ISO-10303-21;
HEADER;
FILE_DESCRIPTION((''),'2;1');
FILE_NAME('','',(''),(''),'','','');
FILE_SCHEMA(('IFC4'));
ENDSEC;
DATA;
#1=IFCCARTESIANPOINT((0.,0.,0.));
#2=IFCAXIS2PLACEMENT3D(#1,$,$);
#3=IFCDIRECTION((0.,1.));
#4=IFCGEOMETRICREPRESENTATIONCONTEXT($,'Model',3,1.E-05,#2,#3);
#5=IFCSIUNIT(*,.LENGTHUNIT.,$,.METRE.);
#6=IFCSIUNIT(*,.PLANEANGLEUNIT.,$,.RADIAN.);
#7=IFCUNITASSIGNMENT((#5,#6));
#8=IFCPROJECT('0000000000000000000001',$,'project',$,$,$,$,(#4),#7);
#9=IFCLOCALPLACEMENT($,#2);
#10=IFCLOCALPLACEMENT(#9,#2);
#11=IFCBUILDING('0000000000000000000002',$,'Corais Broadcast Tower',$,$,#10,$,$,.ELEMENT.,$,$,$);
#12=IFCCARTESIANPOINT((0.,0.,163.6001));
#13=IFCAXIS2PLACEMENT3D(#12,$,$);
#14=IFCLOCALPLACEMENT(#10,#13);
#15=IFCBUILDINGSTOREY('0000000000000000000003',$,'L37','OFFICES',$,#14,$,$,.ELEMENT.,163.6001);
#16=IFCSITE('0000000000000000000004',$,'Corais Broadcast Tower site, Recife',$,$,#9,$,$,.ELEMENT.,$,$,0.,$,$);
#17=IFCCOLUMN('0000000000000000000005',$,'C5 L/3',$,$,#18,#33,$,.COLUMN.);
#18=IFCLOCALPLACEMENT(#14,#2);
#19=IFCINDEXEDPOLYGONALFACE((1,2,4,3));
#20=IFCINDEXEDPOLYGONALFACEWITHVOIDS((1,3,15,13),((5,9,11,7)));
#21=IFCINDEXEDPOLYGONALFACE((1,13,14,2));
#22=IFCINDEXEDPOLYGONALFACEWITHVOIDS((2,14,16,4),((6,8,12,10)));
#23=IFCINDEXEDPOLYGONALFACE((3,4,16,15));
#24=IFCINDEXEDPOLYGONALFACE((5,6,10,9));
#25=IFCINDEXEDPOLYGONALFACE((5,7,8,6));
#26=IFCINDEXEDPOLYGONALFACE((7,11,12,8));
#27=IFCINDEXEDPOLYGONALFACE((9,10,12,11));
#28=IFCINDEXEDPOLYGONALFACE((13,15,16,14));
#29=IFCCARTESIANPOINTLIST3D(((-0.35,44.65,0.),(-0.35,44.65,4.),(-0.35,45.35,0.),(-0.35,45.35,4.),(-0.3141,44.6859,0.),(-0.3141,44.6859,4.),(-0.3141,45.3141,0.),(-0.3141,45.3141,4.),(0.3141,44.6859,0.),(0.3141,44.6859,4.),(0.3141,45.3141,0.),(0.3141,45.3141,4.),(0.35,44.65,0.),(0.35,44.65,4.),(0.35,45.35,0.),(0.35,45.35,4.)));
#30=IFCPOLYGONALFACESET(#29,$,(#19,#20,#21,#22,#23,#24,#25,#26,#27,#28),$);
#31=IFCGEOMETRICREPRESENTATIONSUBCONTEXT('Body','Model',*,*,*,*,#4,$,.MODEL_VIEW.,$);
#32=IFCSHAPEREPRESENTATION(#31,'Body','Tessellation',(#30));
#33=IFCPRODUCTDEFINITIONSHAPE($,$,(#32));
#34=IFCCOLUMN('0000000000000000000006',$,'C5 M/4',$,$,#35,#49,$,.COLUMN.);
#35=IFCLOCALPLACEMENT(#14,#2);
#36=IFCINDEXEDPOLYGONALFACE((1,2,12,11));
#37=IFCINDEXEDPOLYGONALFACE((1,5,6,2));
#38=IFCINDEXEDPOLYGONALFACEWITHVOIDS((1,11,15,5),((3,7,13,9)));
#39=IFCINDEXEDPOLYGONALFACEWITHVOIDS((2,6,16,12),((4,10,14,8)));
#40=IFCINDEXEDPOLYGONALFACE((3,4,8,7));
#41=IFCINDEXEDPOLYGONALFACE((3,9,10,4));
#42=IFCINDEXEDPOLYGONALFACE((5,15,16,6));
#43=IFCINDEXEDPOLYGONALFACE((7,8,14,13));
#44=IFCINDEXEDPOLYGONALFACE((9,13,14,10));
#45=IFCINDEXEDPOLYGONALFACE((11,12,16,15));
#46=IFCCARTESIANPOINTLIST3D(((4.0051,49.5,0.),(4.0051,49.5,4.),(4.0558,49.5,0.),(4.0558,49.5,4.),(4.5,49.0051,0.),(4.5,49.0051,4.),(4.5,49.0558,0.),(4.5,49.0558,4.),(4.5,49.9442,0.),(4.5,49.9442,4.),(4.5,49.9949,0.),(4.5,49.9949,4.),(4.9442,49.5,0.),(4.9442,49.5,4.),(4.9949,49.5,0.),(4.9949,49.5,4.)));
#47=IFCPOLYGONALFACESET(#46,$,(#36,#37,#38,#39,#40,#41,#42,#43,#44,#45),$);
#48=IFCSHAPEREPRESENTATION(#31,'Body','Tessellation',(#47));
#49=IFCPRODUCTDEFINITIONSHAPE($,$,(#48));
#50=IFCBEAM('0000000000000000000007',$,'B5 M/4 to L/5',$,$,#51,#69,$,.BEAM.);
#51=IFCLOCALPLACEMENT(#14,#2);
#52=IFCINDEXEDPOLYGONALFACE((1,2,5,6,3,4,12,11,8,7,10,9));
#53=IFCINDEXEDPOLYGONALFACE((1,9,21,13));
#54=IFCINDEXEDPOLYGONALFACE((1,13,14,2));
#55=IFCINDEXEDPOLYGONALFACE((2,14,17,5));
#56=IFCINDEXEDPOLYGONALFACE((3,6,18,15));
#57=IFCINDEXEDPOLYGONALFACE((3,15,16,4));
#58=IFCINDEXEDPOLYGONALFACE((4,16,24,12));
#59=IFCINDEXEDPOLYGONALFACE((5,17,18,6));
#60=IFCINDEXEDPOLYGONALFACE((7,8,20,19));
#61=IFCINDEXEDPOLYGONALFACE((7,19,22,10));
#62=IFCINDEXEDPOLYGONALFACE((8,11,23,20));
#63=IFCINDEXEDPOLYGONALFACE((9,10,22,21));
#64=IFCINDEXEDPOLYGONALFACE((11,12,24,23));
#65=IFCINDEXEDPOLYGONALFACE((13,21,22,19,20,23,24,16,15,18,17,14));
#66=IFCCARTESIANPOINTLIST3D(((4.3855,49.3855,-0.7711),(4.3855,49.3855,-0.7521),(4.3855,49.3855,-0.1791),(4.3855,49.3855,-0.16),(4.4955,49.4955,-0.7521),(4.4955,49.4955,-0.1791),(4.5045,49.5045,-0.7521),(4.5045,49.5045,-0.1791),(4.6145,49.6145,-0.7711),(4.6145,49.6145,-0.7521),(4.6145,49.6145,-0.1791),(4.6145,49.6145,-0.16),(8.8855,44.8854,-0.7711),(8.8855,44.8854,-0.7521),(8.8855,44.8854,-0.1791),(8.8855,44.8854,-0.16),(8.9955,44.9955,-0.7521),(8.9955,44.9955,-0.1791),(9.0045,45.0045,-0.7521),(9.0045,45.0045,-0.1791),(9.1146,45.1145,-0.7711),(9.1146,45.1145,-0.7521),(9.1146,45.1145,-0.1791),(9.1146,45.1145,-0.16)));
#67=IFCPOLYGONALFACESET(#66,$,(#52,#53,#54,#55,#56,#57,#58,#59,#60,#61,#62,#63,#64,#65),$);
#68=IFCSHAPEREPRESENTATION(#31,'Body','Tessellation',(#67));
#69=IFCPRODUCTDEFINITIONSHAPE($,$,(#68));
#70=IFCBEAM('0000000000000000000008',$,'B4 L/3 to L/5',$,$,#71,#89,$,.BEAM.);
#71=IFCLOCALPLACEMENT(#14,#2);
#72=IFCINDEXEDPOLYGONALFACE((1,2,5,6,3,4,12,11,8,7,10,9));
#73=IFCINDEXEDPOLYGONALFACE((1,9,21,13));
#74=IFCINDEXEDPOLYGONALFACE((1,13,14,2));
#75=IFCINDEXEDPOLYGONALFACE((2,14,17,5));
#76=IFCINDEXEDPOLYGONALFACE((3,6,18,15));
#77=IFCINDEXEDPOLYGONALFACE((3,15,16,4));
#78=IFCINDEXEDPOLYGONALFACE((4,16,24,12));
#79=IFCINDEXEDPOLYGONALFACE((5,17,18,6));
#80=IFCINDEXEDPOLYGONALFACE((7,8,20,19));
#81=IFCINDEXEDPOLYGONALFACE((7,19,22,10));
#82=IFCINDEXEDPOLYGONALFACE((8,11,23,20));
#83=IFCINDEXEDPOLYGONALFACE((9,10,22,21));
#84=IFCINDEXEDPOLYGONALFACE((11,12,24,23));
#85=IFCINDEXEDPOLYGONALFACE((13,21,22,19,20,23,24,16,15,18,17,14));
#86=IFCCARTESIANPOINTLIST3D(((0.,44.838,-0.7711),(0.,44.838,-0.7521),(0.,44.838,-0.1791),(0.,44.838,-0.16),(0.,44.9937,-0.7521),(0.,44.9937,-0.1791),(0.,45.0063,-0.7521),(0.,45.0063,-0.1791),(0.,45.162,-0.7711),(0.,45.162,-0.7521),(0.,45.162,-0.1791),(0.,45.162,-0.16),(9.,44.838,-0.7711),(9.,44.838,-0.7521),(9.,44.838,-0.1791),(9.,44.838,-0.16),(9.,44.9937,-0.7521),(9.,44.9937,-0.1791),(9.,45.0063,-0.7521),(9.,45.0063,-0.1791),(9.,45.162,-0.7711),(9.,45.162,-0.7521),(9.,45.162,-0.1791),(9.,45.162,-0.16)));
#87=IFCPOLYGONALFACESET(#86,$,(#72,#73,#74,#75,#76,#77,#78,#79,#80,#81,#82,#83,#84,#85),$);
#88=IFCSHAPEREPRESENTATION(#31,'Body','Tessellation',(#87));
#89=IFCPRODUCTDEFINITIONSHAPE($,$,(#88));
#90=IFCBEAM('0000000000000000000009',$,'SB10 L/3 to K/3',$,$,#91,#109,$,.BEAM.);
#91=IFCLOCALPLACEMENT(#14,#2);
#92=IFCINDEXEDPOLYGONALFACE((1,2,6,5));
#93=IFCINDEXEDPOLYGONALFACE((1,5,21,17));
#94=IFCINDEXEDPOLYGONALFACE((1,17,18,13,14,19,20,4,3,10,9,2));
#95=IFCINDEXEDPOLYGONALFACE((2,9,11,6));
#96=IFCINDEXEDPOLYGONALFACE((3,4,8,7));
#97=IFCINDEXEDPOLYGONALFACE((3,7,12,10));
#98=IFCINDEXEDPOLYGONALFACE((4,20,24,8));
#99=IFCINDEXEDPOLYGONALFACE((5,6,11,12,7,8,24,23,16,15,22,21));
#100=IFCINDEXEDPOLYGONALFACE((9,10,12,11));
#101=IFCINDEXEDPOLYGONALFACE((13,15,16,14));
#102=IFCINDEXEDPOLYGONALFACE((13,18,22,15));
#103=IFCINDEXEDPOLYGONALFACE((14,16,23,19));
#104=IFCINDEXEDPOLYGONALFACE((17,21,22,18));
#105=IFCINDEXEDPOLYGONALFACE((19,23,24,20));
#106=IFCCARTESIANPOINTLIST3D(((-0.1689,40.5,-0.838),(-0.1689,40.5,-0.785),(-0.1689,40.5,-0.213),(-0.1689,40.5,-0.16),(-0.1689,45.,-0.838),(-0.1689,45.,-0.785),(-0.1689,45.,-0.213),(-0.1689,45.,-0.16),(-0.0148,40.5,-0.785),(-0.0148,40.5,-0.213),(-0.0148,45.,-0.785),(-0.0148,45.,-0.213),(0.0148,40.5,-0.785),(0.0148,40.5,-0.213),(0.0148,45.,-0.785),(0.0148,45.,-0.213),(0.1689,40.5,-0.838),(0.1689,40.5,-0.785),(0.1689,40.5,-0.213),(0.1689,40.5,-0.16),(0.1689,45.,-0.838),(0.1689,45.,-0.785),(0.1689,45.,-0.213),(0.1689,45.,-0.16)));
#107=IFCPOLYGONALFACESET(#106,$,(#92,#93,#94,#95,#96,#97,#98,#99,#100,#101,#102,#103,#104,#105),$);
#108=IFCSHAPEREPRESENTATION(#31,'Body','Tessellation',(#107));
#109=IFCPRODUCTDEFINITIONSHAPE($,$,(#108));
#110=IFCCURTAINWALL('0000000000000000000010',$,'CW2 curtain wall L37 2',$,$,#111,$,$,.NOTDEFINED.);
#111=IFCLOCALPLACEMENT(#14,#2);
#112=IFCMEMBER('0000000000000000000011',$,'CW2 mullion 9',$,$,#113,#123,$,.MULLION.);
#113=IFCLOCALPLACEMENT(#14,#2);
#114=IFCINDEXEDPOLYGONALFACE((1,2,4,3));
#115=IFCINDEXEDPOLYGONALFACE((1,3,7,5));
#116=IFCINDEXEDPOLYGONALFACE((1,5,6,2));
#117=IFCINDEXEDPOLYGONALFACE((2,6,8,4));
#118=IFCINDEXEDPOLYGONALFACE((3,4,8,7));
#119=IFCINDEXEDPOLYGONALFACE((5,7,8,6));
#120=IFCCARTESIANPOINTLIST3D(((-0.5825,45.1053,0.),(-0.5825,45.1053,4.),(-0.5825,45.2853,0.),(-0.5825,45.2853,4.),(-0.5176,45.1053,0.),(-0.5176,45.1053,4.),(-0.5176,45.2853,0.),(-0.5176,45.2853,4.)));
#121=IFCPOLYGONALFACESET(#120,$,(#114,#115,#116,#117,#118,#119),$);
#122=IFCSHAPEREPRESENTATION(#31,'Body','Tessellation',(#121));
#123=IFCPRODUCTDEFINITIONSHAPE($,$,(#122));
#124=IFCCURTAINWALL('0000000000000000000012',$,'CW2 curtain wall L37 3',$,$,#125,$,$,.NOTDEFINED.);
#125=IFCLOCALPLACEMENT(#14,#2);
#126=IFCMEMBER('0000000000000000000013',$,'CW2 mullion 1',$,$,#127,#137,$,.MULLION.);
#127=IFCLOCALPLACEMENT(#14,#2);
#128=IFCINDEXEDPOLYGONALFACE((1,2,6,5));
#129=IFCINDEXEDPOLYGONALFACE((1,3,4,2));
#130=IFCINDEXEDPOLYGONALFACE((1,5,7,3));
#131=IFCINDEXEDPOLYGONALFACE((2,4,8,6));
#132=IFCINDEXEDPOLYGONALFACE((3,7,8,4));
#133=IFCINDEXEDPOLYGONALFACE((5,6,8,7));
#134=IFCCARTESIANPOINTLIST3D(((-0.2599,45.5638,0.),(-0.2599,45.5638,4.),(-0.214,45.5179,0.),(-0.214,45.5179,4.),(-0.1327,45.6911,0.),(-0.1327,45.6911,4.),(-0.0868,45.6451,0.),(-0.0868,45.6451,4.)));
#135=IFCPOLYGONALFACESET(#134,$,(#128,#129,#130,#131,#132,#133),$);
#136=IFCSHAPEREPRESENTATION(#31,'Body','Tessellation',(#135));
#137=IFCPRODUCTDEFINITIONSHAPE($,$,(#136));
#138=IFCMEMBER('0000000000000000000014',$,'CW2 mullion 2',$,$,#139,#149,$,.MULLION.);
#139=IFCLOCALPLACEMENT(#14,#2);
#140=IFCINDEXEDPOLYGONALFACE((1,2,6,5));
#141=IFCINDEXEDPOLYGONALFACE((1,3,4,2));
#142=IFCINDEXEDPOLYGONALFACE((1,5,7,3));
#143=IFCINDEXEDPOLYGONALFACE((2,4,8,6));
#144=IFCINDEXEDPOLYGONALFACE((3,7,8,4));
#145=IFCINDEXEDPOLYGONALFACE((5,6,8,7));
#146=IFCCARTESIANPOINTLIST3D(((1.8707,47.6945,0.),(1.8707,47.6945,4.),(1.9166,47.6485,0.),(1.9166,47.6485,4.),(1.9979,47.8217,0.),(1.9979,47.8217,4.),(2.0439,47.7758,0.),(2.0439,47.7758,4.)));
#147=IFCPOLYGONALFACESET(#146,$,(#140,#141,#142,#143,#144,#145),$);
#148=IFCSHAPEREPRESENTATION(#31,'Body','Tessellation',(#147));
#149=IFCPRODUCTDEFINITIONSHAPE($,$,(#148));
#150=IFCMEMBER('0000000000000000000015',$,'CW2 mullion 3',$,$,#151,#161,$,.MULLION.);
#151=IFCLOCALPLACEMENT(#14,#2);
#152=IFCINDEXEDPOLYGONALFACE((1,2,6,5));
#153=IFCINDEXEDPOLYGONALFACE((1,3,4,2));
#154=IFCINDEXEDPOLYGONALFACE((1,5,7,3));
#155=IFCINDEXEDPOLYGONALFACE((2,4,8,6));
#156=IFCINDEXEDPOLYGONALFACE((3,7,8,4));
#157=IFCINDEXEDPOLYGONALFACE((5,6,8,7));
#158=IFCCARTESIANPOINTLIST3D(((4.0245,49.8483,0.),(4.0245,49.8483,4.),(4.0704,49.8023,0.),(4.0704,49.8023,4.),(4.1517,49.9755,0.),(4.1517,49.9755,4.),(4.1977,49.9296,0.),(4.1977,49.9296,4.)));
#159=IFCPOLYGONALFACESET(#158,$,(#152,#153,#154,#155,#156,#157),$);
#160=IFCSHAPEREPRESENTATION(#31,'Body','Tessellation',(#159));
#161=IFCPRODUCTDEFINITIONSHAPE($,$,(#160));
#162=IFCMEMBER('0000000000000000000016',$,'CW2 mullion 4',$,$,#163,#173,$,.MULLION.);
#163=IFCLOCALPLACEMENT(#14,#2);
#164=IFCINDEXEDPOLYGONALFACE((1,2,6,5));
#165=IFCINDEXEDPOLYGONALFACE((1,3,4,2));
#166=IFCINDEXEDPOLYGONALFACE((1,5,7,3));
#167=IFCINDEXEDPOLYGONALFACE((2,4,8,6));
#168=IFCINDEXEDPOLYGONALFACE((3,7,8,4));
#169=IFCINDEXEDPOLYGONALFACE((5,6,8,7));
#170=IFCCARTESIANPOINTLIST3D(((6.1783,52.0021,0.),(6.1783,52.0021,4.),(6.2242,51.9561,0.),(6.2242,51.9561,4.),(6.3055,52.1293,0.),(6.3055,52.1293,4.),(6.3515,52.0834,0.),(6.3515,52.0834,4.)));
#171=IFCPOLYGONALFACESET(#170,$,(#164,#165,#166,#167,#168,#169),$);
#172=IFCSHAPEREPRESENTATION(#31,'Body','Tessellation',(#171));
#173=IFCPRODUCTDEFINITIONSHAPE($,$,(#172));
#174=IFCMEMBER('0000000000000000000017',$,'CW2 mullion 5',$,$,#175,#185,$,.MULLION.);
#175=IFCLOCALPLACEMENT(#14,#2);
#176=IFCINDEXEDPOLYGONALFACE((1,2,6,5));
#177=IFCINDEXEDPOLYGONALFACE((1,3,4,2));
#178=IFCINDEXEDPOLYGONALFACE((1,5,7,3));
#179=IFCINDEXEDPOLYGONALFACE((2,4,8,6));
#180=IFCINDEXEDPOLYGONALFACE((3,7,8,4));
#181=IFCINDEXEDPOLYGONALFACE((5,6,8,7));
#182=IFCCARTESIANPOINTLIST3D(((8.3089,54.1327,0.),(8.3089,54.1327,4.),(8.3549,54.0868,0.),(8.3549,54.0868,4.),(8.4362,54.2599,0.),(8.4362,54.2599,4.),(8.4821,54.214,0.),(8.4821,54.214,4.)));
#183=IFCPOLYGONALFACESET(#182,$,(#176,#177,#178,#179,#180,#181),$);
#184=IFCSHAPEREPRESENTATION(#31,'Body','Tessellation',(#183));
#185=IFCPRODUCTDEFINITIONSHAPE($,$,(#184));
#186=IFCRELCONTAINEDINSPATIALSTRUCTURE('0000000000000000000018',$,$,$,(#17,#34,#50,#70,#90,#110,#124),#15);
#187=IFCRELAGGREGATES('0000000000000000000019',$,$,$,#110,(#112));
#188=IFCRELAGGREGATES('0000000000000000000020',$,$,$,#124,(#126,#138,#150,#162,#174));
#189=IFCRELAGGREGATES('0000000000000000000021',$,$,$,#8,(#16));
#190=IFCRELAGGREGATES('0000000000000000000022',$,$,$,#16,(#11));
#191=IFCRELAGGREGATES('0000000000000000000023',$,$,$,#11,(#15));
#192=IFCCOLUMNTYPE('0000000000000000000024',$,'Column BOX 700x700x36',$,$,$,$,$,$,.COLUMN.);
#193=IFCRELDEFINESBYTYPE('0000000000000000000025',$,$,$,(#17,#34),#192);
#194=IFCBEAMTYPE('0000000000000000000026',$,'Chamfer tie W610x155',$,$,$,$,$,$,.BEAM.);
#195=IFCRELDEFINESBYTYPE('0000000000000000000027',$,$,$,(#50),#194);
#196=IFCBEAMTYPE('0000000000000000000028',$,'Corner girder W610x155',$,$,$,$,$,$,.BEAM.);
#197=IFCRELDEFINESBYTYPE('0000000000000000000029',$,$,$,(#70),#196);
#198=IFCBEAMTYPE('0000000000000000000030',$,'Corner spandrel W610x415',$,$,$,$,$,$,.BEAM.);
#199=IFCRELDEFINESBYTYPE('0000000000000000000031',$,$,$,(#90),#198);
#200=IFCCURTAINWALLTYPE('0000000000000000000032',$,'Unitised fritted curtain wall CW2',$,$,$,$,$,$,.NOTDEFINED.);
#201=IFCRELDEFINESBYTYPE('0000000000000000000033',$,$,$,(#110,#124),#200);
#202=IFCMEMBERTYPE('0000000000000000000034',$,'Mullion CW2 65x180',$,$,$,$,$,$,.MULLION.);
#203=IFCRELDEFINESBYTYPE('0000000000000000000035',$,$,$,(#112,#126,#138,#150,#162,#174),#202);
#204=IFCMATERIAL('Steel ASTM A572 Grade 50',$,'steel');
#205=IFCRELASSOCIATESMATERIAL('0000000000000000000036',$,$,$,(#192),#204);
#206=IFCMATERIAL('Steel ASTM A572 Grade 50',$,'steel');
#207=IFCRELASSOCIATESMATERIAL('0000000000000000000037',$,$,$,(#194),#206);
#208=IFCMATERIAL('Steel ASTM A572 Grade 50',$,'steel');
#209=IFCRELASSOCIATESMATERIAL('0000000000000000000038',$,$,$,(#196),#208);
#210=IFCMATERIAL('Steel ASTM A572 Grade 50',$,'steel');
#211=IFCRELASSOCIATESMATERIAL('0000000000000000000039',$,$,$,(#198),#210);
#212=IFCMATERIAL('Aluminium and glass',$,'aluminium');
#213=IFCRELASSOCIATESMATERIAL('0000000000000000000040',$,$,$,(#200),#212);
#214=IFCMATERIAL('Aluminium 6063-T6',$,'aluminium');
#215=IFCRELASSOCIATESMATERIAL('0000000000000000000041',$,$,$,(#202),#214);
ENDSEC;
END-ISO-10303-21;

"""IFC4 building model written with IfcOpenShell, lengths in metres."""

from ifc_helpers import new_model, si_unit, direction, frame, origin, origin_2d, place, context, subcontext, project, spatial, rectangle, hollow_rectangle, i_section, extrude, material, material_profile, profile_set, type_object, element, aggregate, save


model = new_model("IFC4")

# Units and contexts
model_context = context("Model", 3, precision=1e-05, world=origin(), true_north=direction((0.0, 1.0)))
body_context = subcontext(model_context, "Body", "Model", "MODEL_VIEW")
ifc_project = project(units=[si_unit("LENGTHUNIT", "METRE"), si_unit("PLANEANGLEUNIT", "RADIAN")], contexts=[model_context])

# Site, building, storey
site_placement = place(None, origin())
site = spatial("IfcSite", under=ifc_project, at=site_placement, Name="Corais Broadcast Tower site, Recife", CompositionType="ELEMENT", RefElevation=0.0)
building_placement = place(site_placement, origin())
building = spatial("IfcBuilding", under=site, at=building_placement, Name="Corais Broadcast Tower", CompositionType="ELEMENT")
storey_placement = place(building_placement, frame((0.0, 0.0, 163.6001)))
storey = spatial("IfcBuildingStorey", under=building, at=storey_placement, Name="L37", Description="OFFICES", CompositionType="ELEMENT", Elevation=163.6001)

# Columns
ifc_material_1 = material(Name="Steel ASTM A572 Grade 50", Category="steel")
ifc_material_profile_1 = material_profile(ifc_material_1, hollow_rectangle(XDim=0.7, YDim=0.7, WallThickness=0.0359, at=origin_2d()), Name="BOX 700x700x36")
ifc_profile_set_1 = profile_set([ifc_material_profile_1], Name="Steel ASTM A572 Grade 50")
column_type = type_object("IfcColumnType", Name="Column BOX 700x700x36", PredefinedType="COLUMN", material=ifc_profile_set_1)
for number, where, z_axis, x_axis, name in (
    (1, (0.0, 45.0, 0.0), (0.0, 0.0, 1.0), (1.0, 0.0, 0.0), "C5 L/3"),
    (2, (4.5, 49.5, 0.0), (0.0, 0.0, 1.0), (0.707107, 0.707107, 0.0), "C5 M/4"),
):
    element("IfcColumn", number, at=place(storey_placement, frame(where, z_axis=z_axis, x_axis=x_axis)), inside=storey, type_object=column_type, Name=name, PredefinedType="COLUMN", context=body_context, shape_type="SweptSolid", body=[
        extrude(hollow_rectangle(XDim=0.7, YDim=0.7, WallThickness=0.0359, at=origin_2d()), origin(), (0.0, 0.0, 1.0), 4.0),
    ])

# Beams
ifc_material_2 = material(Name="Steel ASTM A572 Grade 50", Category="steel")
ifc_material_profile_2 = material_profile(ifc_material_2, i_section(OverallWidth=0.324, OverallDepth=0.6111, WebThickness=0.0127, FlangeThickness=0.019, at=origin_2d()), Name="W610x155")
ifc_profile_set_2 = profile_set([ifc_material_profile_2], Name="Steel ASTM A572 Grade 50")
beam_type_1 = type_object("IfcBeamType", Name="Chamfer tie W610x155", PredefinedType="BEAM", material=ifc_profile_set_2)
beam_1_placement = place(storey_placement, frame((4.5, 49.5, -0.4656), z_axis=(0.707107, -0.707107, 0.0), x_axis=(0.707107, 0.707107, 0.0)))
element("IfcBeam", 3, at=beam_1_placement, inside=storey, type_object=beam_type_1, Name="B5 M/4 to L/5", PredefinedType="BEAM", context=body_context, shape_type="SweptSolid", body=[
    extrude(i_section(OverallWidth=0.324, OverallDepth=0.6111, WebThickness=0.0127, FlangeThickness=0.019, at=origin_2d()), origin(), (0.0, 0.0, 1.0), 6.364),
])
ifc_material_3 = material(Name="Steel ASTM A572 Grade 50", Category="steel")
ifc_material_profile_3 = material_profile(ifc_material_3, i_section(OverallWidth=0.324, OverallDepth=0.6111, WebThickness=0.0127, FlangeThickness=0.019, at=origin_2d()), Name="W610x155")
ifc_profile_set_3 = profile_set([ifc_material_profile_3], Name="Steel ASTM A572 Grade 50")
beam_type_2 = type_object("IfcBeamType", Name="Corner girder W610x155", PredefinedType="BEAM", material=ifc_profile_set_3)
beam_2_placement = place(storey_placement, frame((0.0, 45.0, -0.4656), z_axis=(1.0, 0.0, 0.0), x_axis=(0.0, 1.0, 0.0)))
element("IfcBeam", 4, at=beam_2_placement, inside=storey, type_object=beam_type_2, Name="B4 L/3 to L/5", PredefinedType="BEAM", context=body_context, shape_type="SweptSolid", body=[
    extrude(i_section(OverallWidth=0.324, OverallDepth=0.6111, WebThickness=0.0127, FlangeThickness=0.019, at=origin_2d()), origin(), (0.0, 0.0, 1.0), 9.0),
])
ifc_material_4 = material(Name="Steel ASTM A572 Grade 50", Category="steel")
ifc_material_profile_4 = material_profile(ifc_material_4, i_section(OverallWidth=0.3379, OverallDepth=0.678, WebThickness=0.0295, FlangeThickness=0.053, at=origin_2d()), Name="W610x415")
ifc_profile_set_4 = profile_set([ifc_material_profile_4], Name="Steel ASTM A572 Grade 50")
beam_type_3 = type_object("IfcBeamType", Name="Corner spandrel W610x415", PredefinedType="BEAM", material=ifc_profile_set_4)
beam_3_placement = place(storey_placement, frame((0.0, 45.0, -0.499), z_axis=(0.0, -1.0, 0.0), x_axis=(1.0, 0.0, 0.0)))
element("IfcBeam", 5, at=beam_3_placement, inside=storey, type_object=beam_type_3, Name="SB10 L/3 to K/3", PredefinedType="BEAM", context=body_context, shape_type="SweptSolid", body=[
    extrude(i_section(OverallWidth=0.3379, OverallDepth=0.678, WebThickness=0.0295, FlangeThickness=0.053, at=origin_2d()), origin(), (0.0, 0.0, 1.0), 4.5),
])

# Curtain wall, member
ifc_material_5 = material(Name="Aluminium and glass", Category="aluminium")
curtain_wall_type = type_object("IfcCurtainWallType", Name="Unitised fritted curtain wall CW2", PredefinedType="NOTDEFINED", material=ifc_material_5)
curtain_wall_1_placement = place(storey_placement, origin())
curtain_wall_1 = element("IfcCurtainWall", 6, at=curtain_wall_1_placement, inside=storey, type_object=curtain_wall_type, Name="CW2 curtain wall L37 2", PredefinedType="NOTDEFINED")
ifc_material_6 = material(Name="Aluminium 6063-T6", Category="aluminium")
ifc_material_profile_5 = material_profile(ifc_material_6, rectangle(XDim=0.0649, YDim=0.1799, at=origin_2d()), Name="Mullion CW2 65x180")
ifc_profile_set_5 = profile_set([ifc_material_profile_5], Name="Aluminium 6063-T6")
member_type_1 = type_object("IfcMemberType", Name="Mullion CW2 65x180", PredefinedType="MULLION", material=ifc_profile_set_5)
member_1_placement = place(storey_placement, frame((-0.55, 45.1953, 0.0), z_axis=(0.0, 0.0, 1.0), x_axis=(-1.0, 0.0, 0.0)))
member_1 = element("IfcMember", 7, at=member_1_placement, type_object=member_type_1, Name="CW2 mullion 9", PredefinedType="MULLION", context=body_context, shape_type="SweptSolid", body=[
    extrude(rectangle(XDim=0.0649, YDim=0.1799, at=origin_2d()), origin(), (0.0, 0.0, 1.0), 4.0),
])

# Curtain wall, members
curtain_wall_2_placement = place(storey_placement, origin())
curtain_wall_2 = element("IfcCurtainWall", 8, at=curtain_wall_2_placement, inside=storey, type_object=curtain_wall_type, Name="CW2 curtain wall L37 3", PredefinedType="NOTDEFINED")
member_2_placement = place(storey_placement, frame((-0.1733, 45.6045, 0.0), z_axis=(0.0, 0.0, 1.0), x_axis=(-0.707107, 0.707107, 0.0)))
member_2 = element("IfcMember", 9, at=member_2_placement, type_object=member_type_1, Name="CW2 mullion 1", PredefinedType="MULLION", context=body_context, shape_type="SweptSolid", body=[
    extrude(rectangle(XDim=0.0649, YDim=0.1799, at=origin_2d()), origin(), (0.0, 0.0, 1.0), 4.0),
])
member_3_placement = place(storey_placement, frame((1.9573, 47.7351, 0.0), z_axis=(0.0, 0.0, 1.0), x_axis=(-0.707107, 0.707107, 0.0)))
member_3 = element("IfcMember", 10, at=member_3_placement, type_object=member_type_1, Name="CW2 mullion 2", PredefinedType="MULLION", context=body_context, shape_type="SweptSolid", body=[
    extrude(rectangle(XDim=0.0649, YDim=0.1799, at=origin_2d()), origin(), (0.0, 0.0, 1.0), 4.0),
])
member_4_placement = place(storey_placement, frame((4.1111, 49.8889, 0.0), z_axis=(0.0, 0.0, 1.0), x_axis=(-0.707107, 0.707107, 0.0)))
member_4 = element("IfcMember", 11, at=member_4_placement, type_object=member_type_1, Name="CW2 mullion 3", PredefinedType="MULLION", context=body_context, shape_type="SweptSolid", body=[
    extrude(rectangle(XDim=0.0649, YDim=0.1799, at=origin_2d()), origin(), (0.0, 0.0, 1.0), 4.0),
])
member_5_placement = place(storey_placement, frame((6.2649, 52.0427, 0.0), z_axis=(0.0, 0.0, 1.0), x_axis=(-0.707107, 0.707107, 0.0)))
member_5 = element("IfcMember", 12, at=member_5_placement, type_object=member_type_1, Name="CW2 mullion 4", PredefinedType="MULLION", context=body_context, shape_type="SweptSolid", body=[
    extrude(rectangle(XDim=0.0649, YDim=0.1799, at=origin_2d()), origin(), (0.0, 0.0, 1.0), 4.0),
])
member_6_placement = place(storey_placement, frame((8.3955, 54.1733, 0.0), z_axis=(0.0, 0.0, 1.0), x_axis=(-0.707107, 0.707107, 0.0)))
member_6 = element("IfcMember", 13, at=member_6_placement, type_object=member_type_1, Name="CW2 mullion 5", PredefinedType="MULLION", context=body_context, shape_type="SweptSolid", body=[
    extrude(rectangle(XDim=0.0649, YDim=0.1799, at=origin_2d()), origin(), (0.0, 0.0, 1.0), 4.0),
])

aggregate(curtain_wall_1, [member_1])
aggregate(curtain_wall_2, [member_2, member_3, member_4, member_5, member_6])

save(model, "model.ifc")
